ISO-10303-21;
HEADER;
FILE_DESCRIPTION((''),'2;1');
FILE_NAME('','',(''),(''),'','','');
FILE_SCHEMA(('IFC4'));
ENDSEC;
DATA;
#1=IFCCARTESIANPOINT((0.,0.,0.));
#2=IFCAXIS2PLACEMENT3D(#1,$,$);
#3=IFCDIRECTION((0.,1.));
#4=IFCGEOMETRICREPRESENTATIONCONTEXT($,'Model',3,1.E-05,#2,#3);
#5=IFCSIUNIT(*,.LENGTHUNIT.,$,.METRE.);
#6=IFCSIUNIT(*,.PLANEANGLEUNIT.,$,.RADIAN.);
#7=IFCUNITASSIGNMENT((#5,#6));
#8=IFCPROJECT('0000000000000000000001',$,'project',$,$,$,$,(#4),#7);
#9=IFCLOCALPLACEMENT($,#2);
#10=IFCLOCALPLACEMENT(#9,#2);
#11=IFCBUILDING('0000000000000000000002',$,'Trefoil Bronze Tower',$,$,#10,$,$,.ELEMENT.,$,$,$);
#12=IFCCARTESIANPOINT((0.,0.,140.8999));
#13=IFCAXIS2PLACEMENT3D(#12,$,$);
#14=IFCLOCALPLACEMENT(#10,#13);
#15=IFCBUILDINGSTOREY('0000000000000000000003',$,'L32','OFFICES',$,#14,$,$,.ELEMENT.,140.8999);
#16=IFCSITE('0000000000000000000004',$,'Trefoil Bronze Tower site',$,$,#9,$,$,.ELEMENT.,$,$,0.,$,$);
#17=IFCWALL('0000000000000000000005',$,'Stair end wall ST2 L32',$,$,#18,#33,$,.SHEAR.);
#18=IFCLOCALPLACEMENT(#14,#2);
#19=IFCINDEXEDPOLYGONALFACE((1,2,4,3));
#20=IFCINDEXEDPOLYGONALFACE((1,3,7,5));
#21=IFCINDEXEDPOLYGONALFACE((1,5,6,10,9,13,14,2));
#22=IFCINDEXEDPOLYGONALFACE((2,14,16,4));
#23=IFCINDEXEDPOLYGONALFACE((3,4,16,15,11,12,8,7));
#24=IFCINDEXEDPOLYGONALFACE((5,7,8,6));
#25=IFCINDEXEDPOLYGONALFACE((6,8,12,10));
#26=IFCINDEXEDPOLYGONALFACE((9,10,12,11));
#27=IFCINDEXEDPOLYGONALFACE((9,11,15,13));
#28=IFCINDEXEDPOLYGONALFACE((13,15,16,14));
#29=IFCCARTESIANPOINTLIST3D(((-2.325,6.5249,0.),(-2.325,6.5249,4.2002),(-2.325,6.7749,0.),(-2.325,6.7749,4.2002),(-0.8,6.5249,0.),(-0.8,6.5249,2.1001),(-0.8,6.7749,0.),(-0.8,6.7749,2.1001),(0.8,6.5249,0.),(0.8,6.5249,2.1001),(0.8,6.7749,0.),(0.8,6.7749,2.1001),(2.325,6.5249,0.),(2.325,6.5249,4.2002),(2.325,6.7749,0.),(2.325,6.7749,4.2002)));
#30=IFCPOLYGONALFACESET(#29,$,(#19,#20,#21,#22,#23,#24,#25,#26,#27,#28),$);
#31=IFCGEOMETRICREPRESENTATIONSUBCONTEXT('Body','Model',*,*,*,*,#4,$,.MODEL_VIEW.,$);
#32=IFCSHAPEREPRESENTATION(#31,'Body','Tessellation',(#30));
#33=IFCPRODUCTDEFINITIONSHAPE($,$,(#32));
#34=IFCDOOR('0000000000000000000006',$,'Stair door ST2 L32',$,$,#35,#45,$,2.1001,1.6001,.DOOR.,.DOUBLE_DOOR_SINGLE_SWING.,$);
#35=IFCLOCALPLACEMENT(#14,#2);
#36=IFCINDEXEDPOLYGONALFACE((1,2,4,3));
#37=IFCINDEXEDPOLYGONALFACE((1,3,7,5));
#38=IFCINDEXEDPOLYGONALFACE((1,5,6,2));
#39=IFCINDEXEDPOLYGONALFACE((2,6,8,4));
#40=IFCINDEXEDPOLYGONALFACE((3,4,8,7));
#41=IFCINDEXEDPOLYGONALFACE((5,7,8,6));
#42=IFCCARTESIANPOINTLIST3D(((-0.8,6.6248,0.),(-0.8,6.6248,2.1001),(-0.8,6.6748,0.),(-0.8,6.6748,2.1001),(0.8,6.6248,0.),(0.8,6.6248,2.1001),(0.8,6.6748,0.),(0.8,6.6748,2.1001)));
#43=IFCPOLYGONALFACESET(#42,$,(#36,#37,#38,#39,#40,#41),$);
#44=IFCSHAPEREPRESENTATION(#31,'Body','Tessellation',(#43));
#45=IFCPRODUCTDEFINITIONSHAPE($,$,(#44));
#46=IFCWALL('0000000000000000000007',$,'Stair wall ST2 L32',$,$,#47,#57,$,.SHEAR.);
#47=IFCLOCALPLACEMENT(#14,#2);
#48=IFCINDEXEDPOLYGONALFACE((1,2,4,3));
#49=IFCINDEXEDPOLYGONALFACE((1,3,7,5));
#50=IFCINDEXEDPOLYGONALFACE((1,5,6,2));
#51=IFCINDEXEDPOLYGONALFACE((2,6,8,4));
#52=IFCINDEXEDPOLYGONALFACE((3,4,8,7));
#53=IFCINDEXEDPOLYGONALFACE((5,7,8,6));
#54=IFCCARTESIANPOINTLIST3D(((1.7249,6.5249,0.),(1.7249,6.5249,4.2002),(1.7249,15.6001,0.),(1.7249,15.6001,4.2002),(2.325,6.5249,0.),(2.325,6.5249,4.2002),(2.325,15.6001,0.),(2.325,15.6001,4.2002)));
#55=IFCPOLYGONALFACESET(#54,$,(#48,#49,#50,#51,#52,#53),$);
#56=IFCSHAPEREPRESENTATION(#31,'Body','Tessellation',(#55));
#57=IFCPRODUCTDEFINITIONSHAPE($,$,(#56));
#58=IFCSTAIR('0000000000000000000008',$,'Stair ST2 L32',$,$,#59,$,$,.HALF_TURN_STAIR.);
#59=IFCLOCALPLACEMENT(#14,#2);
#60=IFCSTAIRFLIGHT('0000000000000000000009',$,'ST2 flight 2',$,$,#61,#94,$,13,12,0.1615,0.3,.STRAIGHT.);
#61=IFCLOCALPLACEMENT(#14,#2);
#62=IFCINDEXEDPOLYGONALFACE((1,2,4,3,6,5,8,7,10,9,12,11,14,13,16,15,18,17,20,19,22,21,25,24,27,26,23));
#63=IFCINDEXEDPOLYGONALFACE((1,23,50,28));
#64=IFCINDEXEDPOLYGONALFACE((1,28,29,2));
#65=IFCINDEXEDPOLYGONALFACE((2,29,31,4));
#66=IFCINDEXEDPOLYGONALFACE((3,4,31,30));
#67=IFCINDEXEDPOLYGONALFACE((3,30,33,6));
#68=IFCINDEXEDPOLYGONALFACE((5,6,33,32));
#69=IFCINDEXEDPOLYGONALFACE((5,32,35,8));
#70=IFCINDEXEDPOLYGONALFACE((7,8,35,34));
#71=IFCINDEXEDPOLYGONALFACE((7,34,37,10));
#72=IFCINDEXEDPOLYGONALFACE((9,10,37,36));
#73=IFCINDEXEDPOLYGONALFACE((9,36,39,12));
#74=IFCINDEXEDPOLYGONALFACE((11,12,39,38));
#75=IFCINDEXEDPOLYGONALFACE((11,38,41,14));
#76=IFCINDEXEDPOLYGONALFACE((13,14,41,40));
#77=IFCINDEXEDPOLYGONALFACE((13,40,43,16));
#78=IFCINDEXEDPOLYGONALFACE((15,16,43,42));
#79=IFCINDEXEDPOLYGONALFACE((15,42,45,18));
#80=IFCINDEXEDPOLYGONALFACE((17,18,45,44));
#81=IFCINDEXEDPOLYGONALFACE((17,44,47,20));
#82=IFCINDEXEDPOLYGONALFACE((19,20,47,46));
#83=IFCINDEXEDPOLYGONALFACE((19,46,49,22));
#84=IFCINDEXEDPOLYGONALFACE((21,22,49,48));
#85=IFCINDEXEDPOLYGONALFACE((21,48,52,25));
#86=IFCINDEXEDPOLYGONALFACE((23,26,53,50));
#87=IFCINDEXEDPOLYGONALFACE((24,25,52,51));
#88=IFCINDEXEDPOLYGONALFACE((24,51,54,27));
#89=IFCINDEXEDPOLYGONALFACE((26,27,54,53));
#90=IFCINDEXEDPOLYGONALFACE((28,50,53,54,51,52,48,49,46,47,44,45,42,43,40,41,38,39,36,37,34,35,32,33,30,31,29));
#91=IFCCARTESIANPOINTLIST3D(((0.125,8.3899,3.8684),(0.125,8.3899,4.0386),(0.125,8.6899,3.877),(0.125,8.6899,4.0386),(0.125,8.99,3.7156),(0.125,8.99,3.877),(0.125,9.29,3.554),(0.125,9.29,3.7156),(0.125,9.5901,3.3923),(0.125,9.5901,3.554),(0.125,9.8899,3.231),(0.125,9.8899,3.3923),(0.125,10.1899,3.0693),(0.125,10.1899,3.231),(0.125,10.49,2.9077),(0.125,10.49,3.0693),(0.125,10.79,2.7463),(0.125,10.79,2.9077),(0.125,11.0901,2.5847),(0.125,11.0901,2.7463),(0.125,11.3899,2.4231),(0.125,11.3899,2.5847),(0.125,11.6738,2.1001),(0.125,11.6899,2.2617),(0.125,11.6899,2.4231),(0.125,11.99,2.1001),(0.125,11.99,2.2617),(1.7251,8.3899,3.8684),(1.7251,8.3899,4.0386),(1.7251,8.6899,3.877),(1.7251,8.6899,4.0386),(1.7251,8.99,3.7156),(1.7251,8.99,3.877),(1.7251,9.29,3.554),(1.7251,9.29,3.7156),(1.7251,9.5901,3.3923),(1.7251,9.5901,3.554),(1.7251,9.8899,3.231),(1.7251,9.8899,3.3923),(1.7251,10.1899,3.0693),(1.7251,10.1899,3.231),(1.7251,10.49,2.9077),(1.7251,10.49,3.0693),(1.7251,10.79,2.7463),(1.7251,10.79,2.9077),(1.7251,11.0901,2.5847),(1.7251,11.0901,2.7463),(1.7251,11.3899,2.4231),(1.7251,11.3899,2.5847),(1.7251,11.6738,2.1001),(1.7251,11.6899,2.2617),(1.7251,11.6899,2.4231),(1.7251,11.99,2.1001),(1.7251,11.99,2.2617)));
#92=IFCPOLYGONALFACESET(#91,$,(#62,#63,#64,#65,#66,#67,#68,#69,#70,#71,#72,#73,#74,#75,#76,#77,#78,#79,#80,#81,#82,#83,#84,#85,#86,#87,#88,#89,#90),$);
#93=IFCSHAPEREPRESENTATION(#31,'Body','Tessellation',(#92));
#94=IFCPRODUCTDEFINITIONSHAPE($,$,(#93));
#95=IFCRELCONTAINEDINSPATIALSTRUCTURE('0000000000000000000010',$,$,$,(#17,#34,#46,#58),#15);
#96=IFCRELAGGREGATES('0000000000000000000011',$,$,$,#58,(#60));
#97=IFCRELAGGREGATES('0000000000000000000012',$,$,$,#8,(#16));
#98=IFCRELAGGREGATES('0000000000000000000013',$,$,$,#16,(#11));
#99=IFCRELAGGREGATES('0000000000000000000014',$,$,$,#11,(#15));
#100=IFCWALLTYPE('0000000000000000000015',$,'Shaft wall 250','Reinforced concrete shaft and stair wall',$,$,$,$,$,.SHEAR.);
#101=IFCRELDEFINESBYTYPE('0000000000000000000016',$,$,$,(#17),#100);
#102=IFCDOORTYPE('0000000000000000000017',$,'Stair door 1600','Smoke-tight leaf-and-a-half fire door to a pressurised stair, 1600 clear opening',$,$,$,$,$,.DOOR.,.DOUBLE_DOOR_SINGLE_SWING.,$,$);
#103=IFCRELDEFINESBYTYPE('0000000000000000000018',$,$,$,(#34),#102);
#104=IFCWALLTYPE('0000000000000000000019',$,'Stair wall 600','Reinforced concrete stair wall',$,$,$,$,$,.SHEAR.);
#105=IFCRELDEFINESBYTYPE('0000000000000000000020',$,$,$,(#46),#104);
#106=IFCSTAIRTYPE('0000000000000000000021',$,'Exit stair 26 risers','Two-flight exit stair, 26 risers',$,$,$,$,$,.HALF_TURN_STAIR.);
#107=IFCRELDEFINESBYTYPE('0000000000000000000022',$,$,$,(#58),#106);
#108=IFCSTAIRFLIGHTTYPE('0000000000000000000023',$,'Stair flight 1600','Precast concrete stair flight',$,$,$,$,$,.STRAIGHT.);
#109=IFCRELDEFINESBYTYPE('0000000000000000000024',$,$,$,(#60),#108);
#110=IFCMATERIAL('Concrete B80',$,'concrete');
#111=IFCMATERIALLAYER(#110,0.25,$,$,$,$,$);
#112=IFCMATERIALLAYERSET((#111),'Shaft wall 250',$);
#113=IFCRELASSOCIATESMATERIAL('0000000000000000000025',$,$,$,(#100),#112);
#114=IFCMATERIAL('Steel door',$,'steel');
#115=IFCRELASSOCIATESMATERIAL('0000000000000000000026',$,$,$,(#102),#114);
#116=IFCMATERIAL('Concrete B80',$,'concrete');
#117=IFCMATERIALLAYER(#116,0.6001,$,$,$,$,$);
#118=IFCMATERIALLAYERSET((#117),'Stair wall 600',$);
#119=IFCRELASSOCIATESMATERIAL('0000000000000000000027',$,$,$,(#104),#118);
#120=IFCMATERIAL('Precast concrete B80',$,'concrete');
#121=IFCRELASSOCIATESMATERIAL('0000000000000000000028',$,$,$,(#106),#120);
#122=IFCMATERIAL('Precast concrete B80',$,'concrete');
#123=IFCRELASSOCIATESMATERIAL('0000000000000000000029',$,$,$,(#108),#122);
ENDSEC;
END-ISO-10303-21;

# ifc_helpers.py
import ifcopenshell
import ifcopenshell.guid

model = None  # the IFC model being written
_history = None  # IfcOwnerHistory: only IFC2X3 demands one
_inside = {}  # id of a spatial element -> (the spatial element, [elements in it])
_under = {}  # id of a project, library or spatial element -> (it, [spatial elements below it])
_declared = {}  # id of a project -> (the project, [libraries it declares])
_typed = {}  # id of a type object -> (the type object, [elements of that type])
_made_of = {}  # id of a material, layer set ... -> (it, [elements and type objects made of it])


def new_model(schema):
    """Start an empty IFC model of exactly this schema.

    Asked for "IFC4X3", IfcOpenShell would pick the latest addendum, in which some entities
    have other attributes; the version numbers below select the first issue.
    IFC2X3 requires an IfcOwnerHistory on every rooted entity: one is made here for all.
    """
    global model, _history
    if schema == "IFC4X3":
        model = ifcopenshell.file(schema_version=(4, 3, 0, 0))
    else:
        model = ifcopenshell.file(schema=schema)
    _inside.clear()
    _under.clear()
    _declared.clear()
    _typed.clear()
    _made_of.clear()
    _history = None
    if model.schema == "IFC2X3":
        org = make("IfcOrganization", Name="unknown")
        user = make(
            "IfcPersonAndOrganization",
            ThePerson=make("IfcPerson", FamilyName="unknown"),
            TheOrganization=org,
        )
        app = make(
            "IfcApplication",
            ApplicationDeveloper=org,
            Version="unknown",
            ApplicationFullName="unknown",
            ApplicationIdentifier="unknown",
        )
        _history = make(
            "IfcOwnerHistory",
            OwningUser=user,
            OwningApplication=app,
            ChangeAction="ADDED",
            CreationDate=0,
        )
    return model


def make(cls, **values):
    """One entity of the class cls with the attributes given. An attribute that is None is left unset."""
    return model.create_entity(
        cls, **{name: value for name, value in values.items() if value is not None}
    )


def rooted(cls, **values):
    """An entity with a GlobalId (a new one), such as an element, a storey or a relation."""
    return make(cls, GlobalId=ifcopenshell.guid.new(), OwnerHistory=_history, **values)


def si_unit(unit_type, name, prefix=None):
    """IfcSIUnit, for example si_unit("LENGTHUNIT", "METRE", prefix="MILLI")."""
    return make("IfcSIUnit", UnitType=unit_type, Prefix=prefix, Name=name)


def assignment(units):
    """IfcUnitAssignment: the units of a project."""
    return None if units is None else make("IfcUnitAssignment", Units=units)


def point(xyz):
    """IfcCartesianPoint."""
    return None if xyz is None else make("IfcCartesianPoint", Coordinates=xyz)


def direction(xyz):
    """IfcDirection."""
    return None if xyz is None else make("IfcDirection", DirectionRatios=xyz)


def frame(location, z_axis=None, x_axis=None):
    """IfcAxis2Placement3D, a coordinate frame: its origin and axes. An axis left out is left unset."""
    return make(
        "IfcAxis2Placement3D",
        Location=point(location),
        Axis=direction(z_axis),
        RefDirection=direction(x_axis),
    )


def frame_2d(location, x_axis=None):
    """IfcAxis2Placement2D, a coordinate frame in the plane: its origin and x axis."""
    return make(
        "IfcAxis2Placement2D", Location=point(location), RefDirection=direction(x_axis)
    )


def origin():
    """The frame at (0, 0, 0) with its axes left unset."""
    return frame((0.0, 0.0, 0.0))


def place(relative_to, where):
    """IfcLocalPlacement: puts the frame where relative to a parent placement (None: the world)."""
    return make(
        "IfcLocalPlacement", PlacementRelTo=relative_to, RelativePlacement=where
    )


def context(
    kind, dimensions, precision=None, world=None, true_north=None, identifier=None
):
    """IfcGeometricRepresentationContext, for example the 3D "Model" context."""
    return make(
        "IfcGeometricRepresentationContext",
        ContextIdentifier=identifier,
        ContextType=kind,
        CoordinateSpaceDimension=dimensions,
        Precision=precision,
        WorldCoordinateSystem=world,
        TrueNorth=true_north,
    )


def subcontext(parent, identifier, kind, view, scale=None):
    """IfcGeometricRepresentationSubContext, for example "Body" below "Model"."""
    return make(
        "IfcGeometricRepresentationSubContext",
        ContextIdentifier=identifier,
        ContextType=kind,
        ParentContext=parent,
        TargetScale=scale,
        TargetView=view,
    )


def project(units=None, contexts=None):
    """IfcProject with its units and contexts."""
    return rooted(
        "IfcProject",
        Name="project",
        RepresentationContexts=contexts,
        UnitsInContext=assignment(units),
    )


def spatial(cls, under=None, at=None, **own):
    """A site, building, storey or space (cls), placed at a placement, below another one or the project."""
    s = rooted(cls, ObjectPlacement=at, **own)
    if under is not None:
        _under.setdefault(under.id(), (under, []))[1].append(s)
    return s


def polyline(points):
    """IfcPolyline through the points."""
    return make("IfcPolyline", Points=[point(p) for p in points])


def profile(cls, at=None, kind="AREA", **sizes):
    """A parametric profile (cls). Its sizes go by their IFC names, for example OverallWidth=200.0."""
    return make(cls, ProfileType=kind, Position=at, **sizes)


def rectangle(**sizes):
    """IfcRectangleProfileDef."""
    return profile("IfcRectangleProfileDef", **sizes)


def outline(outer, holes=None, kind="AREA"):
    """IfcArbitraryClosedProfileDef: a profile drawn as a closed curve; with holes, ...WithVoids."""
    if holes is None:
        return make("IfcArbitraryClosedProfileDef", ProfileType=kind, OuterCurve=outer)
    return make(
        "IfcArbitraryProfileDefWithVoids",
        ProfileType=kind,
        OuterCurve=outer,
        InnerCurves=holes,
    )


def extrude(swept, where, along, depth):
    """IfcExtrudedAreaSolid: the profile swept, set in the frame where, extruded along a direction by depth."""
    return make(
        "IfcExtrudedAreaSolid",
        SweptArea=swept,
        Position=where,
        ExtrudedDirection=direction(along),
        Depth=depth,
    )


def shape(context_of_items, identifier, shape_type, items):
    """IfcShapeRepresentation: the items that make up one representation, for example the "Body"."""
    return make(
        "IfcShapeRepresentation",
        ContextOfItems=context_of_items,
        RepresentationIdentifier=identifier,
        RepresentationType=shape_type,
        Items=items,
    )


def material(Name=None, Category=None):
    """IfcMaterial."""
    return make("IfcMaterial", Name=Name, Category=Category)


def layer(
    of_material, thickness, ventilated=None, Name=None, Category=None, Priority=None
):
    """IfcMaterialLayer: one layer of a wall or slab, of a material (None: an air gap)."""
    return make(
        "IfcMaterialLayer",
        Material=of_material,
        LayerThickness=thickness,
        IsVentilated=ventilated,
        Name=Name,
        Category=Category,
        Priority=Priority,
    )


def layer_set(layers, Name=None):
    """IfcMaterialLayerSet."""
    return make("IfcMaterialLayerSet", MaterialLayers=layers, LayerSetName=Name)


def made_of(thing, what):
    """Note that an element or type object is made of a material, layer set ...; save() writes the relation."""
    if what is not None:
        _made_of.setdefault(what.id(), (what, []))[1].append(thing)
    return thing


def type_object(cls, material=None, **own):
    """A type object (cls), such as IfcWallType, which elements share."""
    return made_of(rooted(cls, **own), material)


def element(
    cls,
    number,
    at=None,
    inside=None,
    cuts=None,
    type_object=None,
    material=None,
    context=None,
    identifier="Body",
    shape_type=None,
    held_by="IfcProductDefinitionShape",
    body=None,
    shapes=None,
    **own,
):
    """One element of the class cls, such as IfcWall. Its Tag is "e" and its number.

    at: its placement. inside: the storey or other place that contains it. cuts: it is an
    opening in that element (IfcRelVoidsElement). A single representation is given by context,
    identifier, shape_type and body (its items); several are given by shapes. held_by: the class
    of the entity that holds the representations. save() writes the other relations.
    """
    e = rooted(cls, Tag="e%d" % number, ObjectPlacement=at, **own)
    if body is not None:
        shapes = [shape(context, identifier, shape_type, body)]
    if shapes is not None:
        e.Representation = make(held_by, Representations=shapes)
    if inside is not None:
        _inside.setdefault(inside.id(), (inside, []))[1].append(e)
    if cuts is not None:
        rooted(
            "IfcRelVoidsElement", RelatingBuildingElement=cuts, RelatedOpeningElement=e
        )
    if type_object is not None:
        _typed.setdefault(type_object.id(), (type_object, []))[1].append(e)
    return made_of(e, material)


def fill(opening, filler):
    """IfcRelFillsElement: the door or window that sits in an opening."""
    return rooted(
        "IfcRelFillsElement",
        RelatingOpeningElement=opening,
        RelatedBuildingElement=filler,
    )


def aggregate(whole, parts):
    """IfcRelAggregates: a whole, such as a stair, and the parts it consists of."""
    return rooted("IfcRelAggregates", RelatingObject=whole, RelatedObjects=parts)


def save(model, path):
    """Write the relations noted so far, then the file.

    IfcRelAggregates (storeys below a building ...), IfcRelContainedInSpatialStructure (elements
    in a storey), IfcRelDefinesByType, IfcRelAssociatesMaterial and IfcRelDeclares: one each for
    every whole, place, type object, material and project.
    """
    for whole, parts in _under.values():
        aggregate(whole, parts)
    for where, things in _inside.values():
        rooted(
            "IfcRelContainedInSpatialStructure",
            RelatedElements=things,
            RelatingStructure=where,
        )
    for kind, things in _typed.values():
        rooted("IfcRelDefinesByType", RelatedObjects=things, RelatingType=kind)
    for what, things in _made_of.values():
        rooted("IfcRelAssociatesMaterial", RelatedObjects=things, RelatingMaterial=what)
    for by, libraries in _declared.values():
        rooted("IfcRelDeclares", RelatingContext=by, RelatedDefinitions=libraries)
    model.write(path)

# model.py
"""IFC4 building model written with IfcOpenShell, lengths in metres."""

from ifc_helpers import new_model, si_unit, direction, frame, frame_2d, origin, place, context, subcontext, project, spatial, polyline, rectangle, outline, extrude, material, layer, layer_set, type_object, element, fill, aggregate, save


model = new_model("IFC4")

# Units and contexts
model_context = context("Model", 3, precision=1e-05, world=origin(), true_north=direction((0.0, 1.0)))
body_context = subcontext(model_context, "Body", "Model", "MODEL_VIEW")
ifc_project = project(units=[si_unit("LENGTHUNIT", "METRE"), si_unit("PLANEANGLEUNIT", "RADIAN")], contexts=[model_context])

# Site, building, storey
site_placement = place(None, origin())
site = spatial("IfcSite", under=ifc_project, at=site_placement, Name="Trefoil Bronze Tower site", CompositionType="ELEMENT", RefElevation=0.0)
building_placement = place(site_placement, origin())
building = spatial("IfcBuilding", under=site, at=building_placement, Name="Trefoil Bronze Tower", CompositionType="ELEMENT")
storey_placement = place(building_placement, frame((0.0, 0.0, 140.8999)))
storey = spatial("IfcBuildingStorey", under=building, at=storey_placement, Name="L32", Description="OFFICES", CompositionType="ELEMENT", Elevation=140.8999)

# Shared definitions
ifc_material_1 = material(Name="Concrete B80", Category="concrete")
ifc_layer_1 = layer(ifc_material_1, 0.25)
ifc_layer_set_1 = layer_set([ifc_layer_1], Name="Shaft wall 250")
wall_type_1 = type_object("IfcWallType", Name="Shaft wall 250", Description="Reinforced concrete shaft and stair wall", PredefinedType="SHEAR", material=ifc_layer_set_1)

# Wall, opening, door
wall_1_placement = place(storey_placement, frame((2.325, 6.6499, 0.0), z_axis=(0.0, 0.0, 1.0), x_axis=(-1.0, 0.0, 0.0)))
wall_1 = element("IfcWall", 1, at=wall_1_placement, inside=storey, type_object=wall_type_1, Name="Stair end wall ST2 L32", PredefinedType="SHEAR", context=body_context, shape_type="SweptSolid", body=[
    extrude(rectangle(XDim=4.6499, YDim=0.25, at=frame_2d((2.325, 0.0))), origin(), (0.0, 0.0, 1.0), 4.2002),
])
opening_1_placement = place(wall_1_placement, frame((1.5249, 0.0, 0.0)))
opening_1 = element("IfcOpeningElement", 2, at=opening_1_placement, cuts=wall_1, PredefinedType="OPENING", context=body_context, shape_type="SweptSolid", body=[
    extrude(rectangle(XDim=1.6001, YDim=2.1001, at=frame_2d((0.8, 1.05))), frame((0.0, 0.135, 0.0), z_axis=(0.0, -1.0, 0.0), x_axis=(1.0, 0.0, 0.0)), (0.0, 0.0, 1.0), 0.27),
])
ifc_material_2 = material(Name="Steel door", Category="steel")
door_type_1 = type_object("IfcDoorType", Name="Stair door 1600", Description="Smoke-tight leaf-and-a-half fire door to a pressurised stair, 1600 clear opening", OperationType="DOUBLE_DOOR_SINGLE_SWING", PredefinedType="DOOR", material=ifc_material_2)
door_1_placement = place(opening_1_placement, frame((1.6001, 0.0, 0.0), z_axis=(0.0, 0.0, 1.0), x_axis=(-1.0, 0.0, 0.0)))
door_1 = element("IfcDoor", 3, at=door_1_placement, inside=storey, type_object=door_type_1, Name="Stair door ST2 L32", OperationType="DOUBLE_DOOR_SINGLE_SWING", OverallHeight=2.1001, OverallWidth=1.6001, PredefinedType="DOOR", context=body_context, shape_type="SweptSolid", body=[
    extrude(rectangle(XDim=1.6001, YDim=2.1001, at=frame_2d((0.8, 1.05))), frame((0.0, 0.0249, 0.0), z_axis=(0.0, -1.0, 0.0), x_axis=(1.0, 0.0, 0.0)), (0.0, 0.0, 1.0), 0.05),
])
fill(opening_1, door_1)

# Wall
ifc_material_3 = material(Name="Concrete B80", Category="concrete")
ifc_layer_2 = layer(ifc_material_3, 0.6001)
ifc_layer_set_2 = layer_set([ifc_layer_2], Name="Stair wall 600")
wall_type_2 = type_object("IfcWallType", Name="Stair wall 600", Description="Reinforced concrete stair wall", PredefinedType="SHEAR", material=ifc_layer_set_2)
wall_2_placement = place(storey_placement, frame((2.0249, 6.5249, 0.0), z_axis=(0.0, 0.0, 1.0), x_axis=(0.0, 1.0, 0.0)))
element("IfcWall", 4, at=wall_2_placement, inside=storey, type_object=wall_type_2, Name="Stair wall ST2 L32", PredefinedType="SHEAR", context=body_context, shape_type="SweptSolid", body=[
    extrude(rectangle(XDim=9.0752, YDim=0.6001, at=frame_2d((4.5376, 0.0))), origin(), (0.0, 0.0, 1.0), 4.2002),
])

# Stair, stair flight
ifc_material_4 = material(Name="Precast concrete B80", Category="concrete")
stair_type = type_object("IfcStairType", Name="Exit stair 26 risers", Description="Two-flight exit stair, 26 risers", PredefinedType="HALF_TURN_STAIR", material=ifc_material_4)
stair_placement = place(storey_placement, origin())
stair = element("IfcStair", 5, at=stair_placement, inside=storey, type_object=stair_type, Name="Stair ST2 L32", PredefinedType="HALF_TURN_STAIR")
ifc_material_5 = material(Name="Precast concrete B80", Category="concrete")
stair_flight_type = type_object("IfcStairFlightType", Name="Stair flight 1600", Description="Precast concrete stair flight", PredefinedType="STRAIGHT", material=ifc_material_5)
stair_flight_placement = place(storey_placement, frame((0.925, 11.99, 2.1001), z_axis=(0.0, 0.0, 1.0), x_axis=(0.0, -1.0, 0.0)))
stair_flight = element("IfcStairFlight", 6, at=stair_flight_placement, type_object=stair_flight_type, Name="ST2 flight 2", NumberOfRisers=13, NumberOfTreads=12, PredefinedType="STRAIGHT", RiserHeight=0.1615, TreadLength=0.3, context=body_context, shape_type="SweptSolid", body=[
    extrude(outline(polyline([(0.0, 0.0), (0.0, 0.1616), (0.3, 0.1616), (0.3, 0.323), (0.6001, 0.323), (0.6001, 0.4846), (0.8999, 0.4846), (0.8999, 0.6462), (1.2, 0.6462), (1.2, 0.8076), (1.5, 0.8076), (1.5, 0.9692), (1.8, 0.9692), (1.8, 1.1309), (2.1001, 1.1309), (2.1001, 1.2922), (2.3999, 1.2922), (2.3999, 1.4539), (2.7, 1.4539), (2.7, 1.6155), (3.0, 1.6155), (3.0, 1.7769), (3.3, 1.7769), (3.3, 1.9385), (3.6001, 1.9385), (3.6001, 2.1001), (3.6001, 1.7683), (0.3162, 0.0), (0.0, 0.0)])), frame((0.0, 0.8, 0.0), z_axis=(0.0, -1.0, 0.0), x_axis=(1.0, 0.0, 0.0)), (0.0, 0.0, 1.0), 1.6001),
])
aggregate(stair, [stair_flight])

save(model, "model.ifc")
